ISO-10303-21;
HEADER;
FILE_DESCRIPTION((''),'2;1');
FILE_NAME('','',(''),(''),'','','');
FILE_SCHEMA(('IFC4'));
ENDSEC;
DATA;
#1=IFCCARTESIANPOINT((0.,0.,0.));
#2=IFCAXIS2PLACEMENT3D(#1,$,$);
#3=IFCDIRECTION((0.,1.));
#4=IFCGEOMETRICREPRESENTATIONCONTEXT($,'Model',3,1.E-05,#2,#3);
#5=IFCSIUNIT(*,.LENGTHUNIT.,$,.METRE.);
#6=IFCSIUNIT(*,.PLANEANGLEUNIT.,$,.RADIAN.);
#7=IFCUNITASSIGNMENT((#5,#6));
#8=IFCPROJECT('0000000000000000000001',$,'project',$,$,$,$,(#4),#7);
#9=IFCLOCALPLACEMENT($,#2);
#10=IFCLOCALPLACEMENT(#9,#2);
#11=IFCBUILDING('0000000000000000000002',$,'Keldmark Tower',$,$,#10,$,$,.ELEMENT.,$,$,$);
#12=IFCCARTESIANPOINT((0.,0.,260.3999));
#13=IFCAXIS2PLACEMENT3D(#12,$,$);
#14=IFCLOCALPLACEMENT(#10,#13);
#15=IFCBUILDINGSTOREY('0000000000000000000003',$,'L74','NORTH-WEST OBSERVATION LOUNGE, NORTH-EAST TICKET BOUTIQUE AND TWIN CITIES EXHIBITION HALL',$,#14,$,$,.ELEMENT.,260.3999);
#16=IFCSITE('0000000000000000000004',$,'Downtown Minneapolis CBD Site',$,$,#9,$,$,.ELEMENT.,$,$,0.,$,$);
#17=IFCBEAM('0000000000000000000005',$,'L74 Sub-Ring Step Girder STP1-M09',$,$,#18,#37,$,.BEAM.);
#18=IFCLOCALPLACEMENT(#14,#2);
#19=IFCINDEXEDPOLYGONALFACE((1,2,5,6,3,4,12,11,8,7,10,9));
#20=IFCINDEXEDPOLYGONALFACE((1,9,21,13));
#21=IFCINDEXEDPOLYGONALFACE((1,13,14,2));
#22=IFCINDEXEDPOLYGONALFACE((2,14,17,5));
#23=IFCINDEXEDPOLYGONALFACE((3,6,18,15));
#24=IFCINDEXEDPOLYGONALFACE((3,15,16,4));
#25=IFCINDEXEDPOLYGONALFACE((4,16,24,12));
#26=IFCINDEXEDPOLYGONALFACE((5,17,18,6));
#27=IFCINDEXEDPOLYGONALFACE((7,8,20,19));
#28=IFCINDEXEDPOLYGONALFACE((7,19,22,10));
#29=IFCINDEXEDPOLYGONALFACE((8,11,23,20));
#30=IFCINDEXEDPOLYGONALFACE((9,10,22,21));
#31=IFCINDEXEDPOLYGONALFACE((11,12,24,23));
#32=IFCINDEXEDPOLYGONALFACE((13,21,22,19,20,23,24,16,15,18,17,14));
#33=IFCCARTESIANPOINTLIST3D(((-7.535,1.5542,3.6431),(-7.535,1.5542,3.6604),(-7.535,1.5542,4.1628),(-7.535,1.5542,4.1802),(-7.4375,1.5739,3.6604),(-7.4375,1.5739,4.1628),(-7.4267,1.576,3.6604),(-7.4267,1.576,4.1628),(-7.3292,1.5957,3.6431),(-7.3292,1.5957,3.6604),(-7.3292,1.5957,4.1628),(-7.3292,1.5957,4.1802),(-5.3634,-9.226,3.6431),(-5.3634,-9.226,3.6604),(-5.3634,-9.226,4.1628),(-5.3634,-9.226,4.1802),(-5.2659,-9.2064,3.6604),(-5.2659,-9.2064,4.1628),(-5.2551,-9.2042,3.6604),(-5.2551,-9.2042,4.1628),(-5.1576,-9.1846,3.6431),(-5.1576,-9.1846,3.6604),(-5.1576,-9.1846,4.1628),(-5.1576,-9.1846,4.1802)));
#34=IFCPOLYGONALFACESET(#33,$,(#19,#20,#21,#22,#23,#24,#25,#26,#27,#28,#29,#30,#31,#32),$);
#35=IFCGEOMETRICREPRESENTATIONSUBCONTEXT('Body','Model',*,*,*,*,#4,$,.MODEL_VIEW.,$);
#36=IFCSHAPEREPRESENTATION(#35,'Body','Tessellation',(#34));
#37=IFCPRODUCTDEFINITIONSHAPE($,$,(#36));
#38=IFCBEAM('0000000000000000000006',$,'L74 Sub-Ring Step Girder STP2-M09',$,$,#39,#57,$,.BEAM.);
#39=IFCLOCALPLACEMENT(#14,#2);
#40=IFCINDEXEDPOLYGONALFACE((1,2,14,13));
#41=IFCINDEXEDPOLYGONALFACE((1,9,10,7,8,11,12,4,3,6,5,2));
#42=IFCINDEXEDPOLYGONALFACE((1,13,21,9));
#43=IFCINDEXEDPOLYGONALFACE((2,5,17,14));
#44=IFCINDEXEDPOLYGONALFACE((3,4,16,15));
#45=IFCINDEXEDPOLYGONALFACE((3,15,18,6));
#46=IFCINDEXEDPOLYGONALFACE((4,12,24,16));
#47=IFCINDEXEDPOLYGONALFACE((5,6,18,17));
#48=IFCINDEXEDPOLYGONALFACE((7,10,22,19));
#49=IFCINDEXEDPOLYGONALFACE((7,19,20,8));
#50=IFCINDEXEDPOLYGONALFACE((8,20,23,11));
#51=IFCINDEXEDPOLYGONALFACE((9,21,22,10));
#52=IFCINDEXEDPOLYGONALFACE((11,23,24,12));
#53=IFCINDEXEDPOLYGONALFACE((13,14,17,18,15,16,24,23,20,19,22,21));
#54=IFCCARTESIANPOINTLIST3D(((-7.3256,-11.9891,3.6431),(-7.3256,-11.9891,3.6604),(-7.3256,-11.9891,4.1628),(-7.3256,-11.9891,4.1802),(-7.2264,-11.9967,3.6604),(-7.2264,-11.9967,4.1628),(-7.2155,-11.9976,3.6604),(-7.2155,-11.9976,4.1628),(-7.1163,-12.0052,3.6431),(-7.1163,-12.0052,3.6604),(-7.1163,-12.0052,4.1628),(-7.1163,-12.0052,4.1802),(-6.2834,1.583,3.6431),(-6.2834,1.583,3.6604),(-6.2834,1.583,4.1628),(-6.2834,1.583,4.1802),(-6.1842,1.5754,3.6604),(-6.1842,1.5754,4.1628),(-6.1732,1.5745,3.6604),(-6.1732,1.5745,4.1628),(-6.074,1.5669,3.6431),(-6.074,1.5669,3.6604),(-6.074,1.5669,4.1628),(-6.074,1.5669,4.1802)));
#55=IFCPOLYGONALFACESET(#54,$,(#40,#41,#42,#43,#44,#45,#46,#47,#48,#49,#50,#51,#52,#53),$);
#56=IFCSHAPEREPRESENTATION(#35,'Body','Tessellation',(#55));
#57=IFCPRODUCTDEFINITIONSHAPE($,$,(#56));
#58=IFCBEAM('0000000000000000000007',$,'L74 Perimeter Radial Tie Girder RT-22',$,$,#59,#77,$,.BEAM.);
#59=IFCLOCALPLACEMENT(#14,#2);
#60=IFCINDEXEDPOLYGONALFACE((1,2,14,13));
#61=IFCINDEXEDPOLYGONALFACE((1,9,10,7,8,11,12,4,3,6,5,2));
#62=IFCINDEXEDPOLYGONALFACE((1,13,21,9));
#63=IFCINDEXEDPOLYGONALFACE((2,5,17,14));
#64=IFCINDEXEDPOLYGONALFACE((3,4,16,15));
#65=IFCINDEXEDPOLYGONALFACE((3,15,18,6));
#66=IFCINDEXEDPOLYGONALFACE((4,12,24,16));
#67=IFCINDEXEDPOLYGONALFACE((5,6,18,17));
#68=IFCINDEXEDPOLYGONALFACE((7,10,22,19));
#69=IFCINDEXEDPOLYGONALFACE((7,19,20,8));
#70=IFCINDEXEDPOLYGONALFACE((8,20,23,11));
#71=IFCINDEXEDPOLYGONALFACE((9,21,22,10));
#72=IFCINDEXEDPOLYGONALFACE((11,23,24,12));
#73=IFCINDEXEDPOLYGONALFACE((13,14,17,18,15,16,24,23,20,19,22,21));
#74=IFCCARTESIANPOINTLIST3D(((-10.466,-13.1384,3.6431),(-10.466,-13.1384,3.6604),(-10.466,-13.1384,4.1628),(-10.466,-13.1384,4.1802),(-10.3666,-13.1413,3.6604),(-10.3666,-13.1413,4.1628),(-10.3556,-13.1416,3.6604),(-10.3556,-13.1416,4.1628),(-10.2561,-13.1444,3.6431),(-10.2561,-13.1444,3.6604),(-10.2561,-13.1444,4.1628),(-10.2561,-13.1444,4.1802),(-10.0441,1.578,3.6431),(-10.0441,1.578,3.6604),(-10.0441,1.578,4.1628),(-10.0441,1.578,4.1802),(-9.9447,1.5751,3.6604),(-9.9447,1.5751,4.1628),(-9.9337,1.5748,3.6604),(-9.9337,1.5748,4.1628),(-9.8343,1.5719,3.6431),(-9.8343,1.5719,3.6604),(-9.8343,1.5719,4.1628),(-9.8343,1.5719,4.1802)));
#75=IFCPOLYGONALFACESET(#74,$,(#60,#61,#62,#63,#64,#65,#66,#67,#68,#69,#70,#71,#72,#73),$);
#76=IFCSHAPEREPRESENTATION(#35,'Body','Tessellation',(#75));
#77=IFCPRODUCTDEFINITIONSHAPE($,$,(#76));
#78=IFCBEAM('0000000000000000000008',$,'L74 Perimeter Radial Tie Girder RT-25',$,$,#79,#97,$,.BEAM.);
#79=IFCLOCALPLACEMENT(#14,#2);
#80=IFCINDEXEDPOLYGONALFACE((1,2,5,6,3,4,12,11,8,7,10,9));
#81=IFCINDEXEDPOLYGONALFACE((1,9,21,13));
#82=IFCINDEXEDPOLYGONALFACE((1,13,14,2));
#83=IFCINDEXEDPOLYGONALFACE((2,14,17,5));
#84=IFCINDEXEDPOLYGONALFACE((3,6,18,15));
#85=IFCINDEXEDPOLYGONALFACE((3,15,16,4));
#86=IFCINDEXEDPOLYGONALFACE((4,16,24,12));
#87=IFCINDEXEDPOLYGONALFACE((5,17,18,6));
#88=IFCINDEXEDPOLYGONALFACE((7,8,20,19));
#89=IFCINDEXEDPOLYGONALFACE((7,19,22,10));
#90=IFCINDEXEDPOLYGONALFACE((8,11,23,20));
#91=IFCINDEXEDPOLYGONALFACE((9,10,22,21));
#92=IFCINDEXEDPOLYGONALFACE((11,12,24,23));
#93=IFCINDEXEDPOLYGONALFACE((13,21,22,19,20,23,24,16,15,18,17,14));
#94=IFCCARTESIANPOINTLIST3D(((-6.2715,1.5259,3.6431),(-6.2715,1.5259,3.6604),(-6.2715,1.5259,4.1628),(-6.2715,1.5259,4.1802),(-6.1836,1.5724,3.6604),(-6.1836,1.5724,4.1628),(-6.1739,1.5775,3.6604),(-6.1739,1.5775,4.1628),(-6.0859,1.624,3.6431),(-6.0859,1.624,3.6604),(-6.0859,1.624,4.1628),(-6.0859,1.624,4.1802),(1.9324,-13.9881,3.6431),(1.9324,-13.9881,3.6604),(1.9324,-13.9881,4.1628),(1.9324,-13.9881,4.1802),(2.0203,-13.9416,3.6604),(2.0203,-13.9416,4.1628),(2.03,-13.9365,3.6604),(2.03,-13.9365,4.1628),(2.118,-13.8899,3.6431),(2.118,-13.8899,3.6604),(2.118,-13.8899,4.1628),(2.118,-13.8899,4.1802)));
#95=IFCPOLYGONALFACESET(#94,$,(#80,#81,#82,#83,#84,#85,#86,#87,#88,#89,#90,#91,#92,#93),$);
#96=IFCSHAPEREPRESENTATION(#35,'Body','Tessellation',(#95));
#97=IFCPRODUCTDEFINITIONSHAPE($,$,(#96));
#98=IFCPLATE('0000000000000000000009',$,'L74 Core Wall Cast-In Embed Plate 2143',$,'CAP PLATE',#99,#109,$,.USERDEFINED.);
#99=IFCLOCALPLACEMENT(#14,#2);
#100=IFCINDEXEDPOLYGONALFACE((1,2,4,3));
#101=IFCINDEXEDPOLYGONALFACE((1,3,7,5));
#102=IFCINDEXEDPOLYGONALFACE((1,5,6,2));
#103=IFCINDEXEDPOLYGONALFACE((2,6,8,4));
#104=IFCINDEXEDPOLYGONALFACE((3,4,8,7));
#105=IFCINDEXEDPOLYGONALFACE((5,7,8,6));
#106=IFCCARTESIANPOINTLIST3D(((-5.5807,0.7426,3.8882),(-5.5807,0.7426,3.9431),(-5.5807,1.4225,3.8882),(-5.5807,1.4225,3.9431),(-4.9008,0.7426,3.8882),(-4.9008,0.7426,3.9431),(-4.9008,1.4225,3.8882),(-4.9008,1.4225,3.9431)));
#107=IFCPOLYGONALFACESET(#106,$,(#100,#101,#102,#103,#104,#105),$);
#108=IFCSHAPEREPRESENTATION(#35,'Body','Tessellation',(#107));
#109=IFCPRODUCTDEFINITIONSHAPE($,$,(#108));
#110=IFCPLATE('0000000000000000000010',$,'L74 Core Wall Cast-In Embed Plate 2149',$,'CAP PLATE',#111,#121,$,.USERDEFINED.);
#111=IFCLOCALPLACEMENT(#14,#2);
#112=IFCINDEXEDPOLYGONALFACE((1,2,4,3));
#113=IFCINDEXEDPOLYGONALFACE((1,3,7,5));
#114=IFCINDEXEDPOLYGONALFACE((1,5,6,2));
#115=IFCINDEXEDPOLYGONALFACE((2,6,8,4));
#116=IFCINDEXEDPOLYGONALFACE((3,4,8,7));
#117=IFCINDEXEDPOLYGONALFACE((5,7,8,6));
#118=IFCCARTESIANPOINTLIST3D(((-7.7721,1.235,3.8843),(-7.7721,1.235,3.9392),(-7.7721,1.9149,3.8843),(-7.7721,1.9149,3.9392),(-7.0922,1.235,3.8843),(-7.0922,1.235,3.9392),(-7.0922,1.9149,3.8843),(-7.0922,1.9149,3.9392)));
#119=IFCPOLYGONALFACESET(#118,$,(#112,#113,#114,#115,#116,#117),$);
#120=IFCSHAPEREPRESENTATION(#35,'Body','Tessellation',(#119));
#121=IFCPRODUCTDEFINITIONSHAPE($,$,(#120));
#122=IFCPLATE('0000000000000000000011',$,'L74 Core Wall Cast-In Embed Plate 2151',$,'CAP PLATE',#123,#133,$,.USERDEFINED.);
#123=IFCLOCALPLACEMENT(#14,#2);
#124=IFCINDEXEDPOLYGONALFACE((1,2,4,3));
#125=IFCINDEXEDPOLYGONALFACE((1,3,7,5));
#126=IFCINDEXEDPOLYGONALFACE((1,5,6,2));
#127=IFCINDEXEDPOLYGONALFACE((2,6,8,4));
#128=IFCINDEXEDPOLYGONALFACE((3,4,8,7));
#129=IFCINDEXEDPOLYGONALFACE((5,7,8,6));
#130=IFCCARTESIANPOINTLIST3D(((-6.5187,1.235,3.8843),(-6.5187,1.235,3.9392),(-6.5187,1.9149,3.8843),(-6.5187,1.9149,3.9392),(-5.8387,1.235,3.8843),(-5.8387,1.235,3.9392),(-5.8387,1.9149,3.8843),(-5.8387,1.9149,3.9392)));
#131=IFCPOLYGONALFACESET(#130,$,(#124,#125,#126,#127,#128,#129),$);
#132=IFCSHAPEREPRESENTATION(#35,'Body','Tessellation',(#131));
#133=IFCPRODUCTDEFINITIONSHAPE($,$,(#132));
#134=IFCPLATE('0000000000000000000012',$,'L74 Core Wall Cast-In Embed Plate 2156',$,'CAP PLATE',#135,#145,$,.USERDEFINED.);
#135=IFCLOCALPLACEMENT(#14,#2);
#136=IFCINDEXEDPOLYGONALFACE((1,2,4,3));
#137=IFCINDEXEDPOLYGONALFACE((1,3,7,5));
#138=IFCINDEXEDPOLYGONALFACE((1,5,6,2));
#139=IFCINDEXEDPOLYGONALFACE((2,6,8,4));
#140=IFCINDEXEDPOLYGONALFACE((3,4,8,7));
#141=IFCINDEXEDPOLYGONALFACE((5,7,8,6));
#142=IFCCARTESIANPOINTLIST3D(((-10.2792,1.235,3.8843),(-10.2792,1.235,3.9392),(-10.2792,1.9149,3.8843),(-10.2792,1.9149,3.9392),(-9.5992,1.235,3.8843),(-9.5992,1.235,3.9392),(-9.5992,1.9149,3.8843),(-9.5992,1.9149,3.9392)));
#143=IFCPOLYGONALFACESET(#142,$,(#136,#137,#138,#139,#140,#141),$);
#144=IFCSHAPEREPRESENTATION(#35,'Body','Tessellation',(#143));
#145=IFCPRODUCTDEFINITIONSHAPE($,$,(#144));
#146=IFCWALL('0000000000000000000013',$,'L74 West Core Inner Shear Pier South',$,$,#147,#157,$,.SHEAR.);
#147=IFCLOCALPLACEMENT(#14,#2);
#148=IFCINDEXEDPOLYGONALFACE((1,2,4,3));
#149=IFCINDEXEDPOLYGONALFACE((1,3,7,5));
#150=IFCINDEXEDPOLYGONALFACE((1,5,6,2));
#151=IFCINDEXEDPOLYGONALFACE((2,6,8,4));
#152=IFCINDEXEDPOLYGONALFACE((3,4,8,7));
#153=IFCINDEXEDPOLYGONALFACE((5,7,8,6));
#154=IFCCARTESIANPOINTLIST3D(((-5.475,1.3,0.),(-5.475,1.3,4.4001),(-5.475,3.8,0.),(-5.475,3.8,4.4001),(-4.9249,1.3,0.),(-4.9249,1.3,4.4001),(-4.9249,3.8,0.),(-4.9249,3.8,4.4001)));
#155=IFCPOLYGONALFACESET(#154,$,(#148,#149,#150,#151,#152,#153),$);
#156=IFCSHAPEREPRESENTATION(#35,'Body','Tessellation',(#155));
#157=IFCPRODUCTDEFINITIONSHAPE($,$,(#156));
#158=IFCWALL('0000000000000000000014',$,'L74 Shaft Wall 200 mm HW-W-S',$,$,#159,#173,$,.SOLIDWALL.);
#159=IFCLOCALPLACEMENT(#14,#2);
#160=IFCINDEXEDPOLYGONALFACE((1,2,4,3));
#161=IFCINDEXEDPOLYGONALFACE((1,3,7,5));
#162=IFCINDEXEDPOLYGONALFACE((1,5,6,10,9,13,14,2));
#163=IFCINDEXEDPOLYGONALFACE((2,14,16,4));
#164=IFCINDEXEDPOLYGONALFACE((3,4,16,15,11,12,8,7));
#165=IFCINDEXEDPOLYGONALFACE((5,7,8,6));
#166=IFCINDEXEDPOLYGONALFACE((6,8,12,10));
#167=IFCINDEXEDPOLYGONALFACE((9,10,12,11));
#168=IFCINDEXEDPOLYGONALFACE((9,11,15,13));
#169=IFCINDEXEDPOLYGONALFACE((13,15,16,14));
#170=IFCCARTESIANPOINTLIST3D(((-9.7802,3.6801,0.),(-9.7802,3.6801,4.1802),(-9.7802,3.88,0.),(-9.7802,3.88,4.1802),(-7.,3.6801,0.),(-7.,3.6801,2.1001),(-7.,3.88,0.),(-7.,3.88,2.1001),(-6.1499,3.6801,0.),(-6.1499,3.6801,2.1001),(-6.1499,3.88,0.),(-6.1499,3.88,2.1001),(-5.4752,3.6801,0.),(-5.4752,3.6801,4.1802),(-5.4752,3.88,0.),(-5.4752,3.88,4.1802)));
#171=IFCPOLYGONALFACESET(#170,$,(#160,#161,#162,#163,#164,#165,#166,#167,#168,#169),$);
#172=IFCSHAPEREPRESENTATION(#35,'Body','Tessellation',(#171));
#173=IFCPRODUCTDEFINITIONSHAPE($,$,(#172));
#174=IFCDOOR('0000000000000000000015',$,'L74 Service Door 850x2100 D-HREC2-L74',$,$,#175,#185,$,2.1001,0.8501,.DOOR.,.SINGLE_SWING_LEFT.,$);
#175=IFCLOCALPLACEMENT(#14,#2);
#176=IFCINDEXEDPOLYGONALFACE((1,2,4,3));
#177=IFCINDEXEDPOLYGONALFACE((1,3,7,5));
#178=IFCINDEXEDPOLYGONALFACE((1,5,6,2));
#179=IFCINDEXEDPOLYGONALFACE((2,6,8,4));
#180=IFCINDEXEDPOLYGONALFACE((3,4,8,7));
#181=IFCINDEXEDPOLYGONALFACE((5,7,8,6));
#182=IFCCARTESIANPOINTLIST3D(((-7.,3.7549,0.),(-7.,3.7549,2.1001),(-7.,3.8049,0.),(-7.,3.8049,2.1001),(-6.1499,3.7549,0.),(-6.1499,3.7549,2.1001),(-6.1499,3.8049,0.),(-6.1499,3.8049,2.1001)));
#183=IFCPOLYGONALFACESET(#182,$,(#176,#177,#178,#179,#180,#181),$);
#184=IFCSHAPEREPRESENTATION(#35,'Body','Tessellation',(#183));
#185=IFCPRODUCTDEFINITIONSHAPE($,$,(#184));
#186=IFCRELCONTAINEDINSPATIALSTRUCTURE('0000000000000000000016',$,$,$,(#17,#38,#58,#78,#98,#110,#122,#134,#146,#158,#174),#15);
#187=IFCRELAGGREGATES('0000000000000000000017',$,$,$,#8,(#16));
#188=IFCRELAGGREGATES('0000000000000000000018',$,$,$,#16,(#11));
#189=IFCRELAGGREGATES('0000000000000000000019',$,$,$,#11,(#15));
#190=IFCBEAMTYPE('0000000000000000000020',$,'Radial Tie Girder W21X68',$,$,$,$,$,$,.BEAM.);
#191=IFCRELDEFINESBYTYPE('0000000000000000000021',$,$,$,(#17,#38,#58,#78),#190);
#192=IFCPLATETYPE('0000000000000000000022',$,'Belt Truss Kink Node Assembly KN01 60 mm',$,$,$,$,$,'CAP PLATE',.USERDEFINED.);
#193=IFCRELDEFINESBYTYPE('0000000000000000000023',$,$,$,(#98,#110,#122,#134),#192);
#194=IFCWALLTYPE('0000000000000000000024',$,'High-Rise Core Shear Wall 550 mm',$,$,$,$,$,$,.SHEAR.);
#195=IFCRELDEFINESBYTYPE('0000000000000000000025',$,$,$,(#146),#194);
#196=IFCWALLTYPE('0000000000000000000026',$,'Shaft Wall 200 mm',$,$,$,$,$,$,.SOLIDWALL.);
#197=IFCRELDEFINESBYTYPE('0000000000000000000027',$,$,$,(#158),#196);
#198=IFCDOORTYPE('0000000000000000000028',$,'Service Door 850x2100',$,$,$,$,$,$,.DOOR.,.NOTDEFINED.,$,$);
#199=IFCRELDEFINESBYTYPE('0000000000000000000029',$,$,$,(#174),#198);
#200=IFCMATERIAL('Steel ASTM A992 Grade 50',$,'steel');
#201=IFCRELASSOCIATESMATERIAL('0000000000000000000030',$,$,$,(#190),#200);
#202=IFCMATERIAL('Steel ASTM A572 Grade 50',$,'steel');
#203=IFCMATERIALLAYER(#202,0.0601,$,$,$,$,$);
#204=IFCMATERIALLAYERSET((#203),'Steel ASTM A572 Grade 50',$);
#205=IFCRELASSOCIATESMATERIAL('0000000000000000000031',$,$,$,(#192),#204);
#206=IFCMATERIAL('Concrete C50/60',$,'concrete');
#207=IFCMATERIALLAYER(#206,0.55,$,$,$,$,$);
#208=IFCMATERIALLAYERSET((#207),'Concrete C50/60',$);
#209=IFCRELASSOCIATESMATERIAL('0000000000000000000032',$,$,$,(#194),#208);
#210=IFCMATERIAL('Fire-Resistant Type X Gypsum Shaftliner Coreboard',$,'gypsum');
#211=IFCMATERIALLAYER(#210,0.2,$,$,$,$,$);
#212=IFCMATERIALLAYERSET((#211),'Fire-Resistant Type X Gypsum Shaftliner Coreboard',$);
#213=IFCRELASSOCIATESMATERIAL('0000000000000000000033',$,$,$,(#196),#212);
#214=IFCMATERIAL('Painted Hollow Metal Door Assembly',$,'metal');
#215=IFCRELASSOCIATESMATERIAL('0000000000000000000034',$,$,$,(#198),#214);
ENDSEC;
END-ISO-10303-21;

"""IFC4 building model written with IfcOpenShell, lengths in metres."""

from ifc_helpers import new_model, si_unit, direction, frame, frame_2d, origin, origin_2d, place, context, subcontext, project, spatial, rectangle, i_section, extrude, material, layer, layer_set, material_profile, profile_set, type_object, element, fill, save


model = new_model("IFC4")

# Units and contexts
model_context = context("Model", 3, precision=1e-05, world=origin(), true_north=direction((0.0, 1.0)))
body_context = subcontext(model_context, "Body", "Model", "MODEL_VIEW")
ifc_project = project(units=[si_unit("LENGTHUNIT", "METRE"), si_unit("PLANEANGLEUNIT", "RADIAN")], contexts=[model_context])

# Site, building, storey
site_placement = place(None, origin())
site = spatial("IfcSite", under=ifc_project, at=site_placement, Name="Downtown Minneapolis CBD Site", CompositionType="ELEMENT", RefElevation=0.0)
building_placement = place(site_placement, origin())
building = spatial("IfcBuilding", under=site, at=building_placement, Name="Keldmark Tower", CompositionType="ELEMENT")
storey_placement = place(building_placement, frame((0.0, 0.0, 260.3999)))
storey = spatial("IfcBuildingStorey", under=building, at=storey_placement, Name="L74", Description="NORTH-WEST OBSERVATION LOUNGE, NORTH-EAST TICKET BOUTIQUE AND TWIN CITIES EXHIBITION HALL", CompositionType="ELEMENT", Elevation=260.3999)

# Beams
ifc_material_1 = material(Name="Steel ASTM A992 Grade 50", Category="steel")
ifc_material_profile = material_profile(ifc_material_1, i_section(OverallWidth=0.21, OverallDepth=0.5371, WebThickness=0.011, FlangeThickness=0.0173, at=origin_2d()), Name="W21X68")
ifc_profile_set = profile_set([ifc_material_profile], Name="Steel ASTM A992 Grade 50")
beam_type = type_object("IfcBeamType", Name="Radial Tie Girder W21X68", PredefinedType="BEAM", material=ifc_profile_set)
beam_1_placement = place(storey_placement, frame((-7.4321, 1.575, 3.9116), z_axis=(0.197478, -0.980307, 0.0), x_axis=(0.980307, 0.197478, 0.0)))
element("IfcBeam", 1, at=beam_1_placement, inside=storey, type_object=beam_type, Name="L74 Sub-Ring Step Girder STP1-M09", PredefinedType="BEAM", context=body_context, shape_type="SweptSolid", body=[
    extrude(i_section(OverallWidth=0.21, OverallDepth=0.5371, WebThickness=0.011, FlangeThickness=0.0173, at=origin_2d()), origin(), (0.0, 0.0, 1.0), 10.9968),
])
beam_2_placement = place(storey_placement, frame((-6.1787, 1.575, 3.9116), z_axis=(-0.076568, -0.997064, 0.0), x_axis=(0.997064, -0.076568, 0.0)))
element("IfcBeam", 2, at=beam_2_placement, inside=storey, type_object=beam_type, Name="L74 Sub-Ring Step Girder STP2-M09", PredefinedType="BEAM", context=body_context, shape_type="SweptSolid", body=[
    extrude(i_section(OverallWidth=0.21, OverallDepth=0.5371, WebThickness=0.011, FlangeThickness=0.0173, at=origin_2d()), origin(), (0.0, 0.0, 1.0), 13.6121),
])
beam_3_placement = place(storey_placement, frame((-9.9392, 1.575, 3.9116), z_axis=(-0.028655, -0.999589, 0.0), x_axis=(0.999589, -0.028655, 0.0)))
element("IfcBeam", 3, at=beam_3_placement, inside=storey, type_object=beam_type, Name="L74 Perimeter Radial Tie Girder RT-22", PredefinedType="BEAM", context=body_context, shape_type="SweptSolid", body=[
    extrude(i_section(OverallWidth=0.21, OverallDepth=0.5371, WebThickness=0.011, FlangeThickness=0.0173, at=origin_2d()), origin(), (0.0, 0.0, 1.0), 14.7224),
])
beam_4_placement = place(storey_placement, frame((-6.1787, 1.575, 3.9116), z_axis=(0.46747, -0.884009, 0.0), x_axis=(0.884009, 0.46747, 0.0)))
element("IfcBeam", 4, at=beam_4_placement, inside=storey, type_object=beam_type, Name="L74 Perimeter Radial Tie Girder RT-25", PredefinedType="BEAM", context=body_context, shape_type="SweptSolid", body=[
    extrude(i_section(OverallWidth=0.21, OverallDepth=0.5371, WebThickness=0.011, FlangeThickness=0.0173, at=origin_2d()), origin(), (0.0, 0.0, 1.0), 17.5496),
])

# Plates
ifc_material_2 = material(Name="Steel ASTM A572 Grade 50", Category="steel")
ifc_layer_1 = layer(ifc_material_2, 0.0601)
ifc_layer_set_1 = layer_set([ifc_layer_1], Name="Steel ASTM A572 Grade 50")
plate_type = type_object("IfcPlateType", Name="Belt Truss Kink Node Assembly KN01 60 mm", ElementType="CAP PLATE", PredefinedType="USERDEFINED", material=ifc_layer_set_1)
for number, where, z_axis, x_axis, name in (
    (5, (-5.2407, 1.0825, 3.8882), (0.0, 0.0, 1.0), (1.0, 0.0, 0.0), "L74 Core Wall Cast-In Embed Plate 2143"),
    (6, (-7.4321, 1.575, 3.8843), (0.0, 0.0, 1.0), (1.0, 0.0, 0.0), "L74 Core Wall Cast-In Embed Plate 2149"),
    (7, (-6.1787, 1.575, 3.8843), (0.0, 0.0, 1.0), (1.0, 0.0, 0.0), "L74 Core Wall Cast-In Embed Plate 2151"),
    (8, (-9.9392, 1.575, 3.8843), (0.0, 0.0, 1.0), (1.0, 0.0, 0.0), "L74 Core Wall Cast-In Embed Plate 2156"),
):
    element("IfcPlate", number, at=place(storey_placement, frame(where, z_axis=z_axis, x_axis=x_axis)), inside=storey, type_object=plate_type, Name=name, ObjectType="CAP PLATE", PredefinedType="USERDEFINED", context=body_context, shape_type="SweptSolid", body=[
        extrude(rectangle(XDim=0.6799, YDim=0.6799, at=origin_2d()), origin(), (0.0, 0.0, 1.0), 0.0549),
    ])

# Wall
ifc_material_3 = material(Name="Concrete C50/60", Category="concrete")
ifc_layer_2 = layer(ifc_material_3, 0.55)
ifc_layer_set_2 = layer_set([ifc_layer_2], Name="Concrete C50/60")
wall_type_1 = type_object("IfcWallType", Name="High-Rise Core Shear Wall 550 mm", PredefinedType="SHEAR", material=ifc_layer_set_2)
wall_1_placement = place(storey_placement, frame((-5.2, 1.3, 0.0), z_axis=(0.0, 0.0, 1.0), x_axis=(0.0, 1.0, 0.0)))
element("IfcWall", 9, at=wall_1_placement, inside=storey, type_object=wall_type_1, Name="L74 West Core Inner Shear Pier South", PredefinedType="SHEAR", context=body_context, shape_type="SweptSolid", body=[
    extrude(rectangle(XDim=2.5, YDim=0.55, at=frame_2d((1.25, 0.0))), origin(), (0.0, 0.0, 1.0), 4.4001),
])

# Wall, opening, door
ifc_material_4 = material(Name="Fire-Resistant Type X Gypsum Shaftliner Coreboard", Category="gypsum")
ifc_layer_3 = layer(ifc_material_4, 0.2)
ifc_layer_set_3 = layer_set([ifc_layer_3], Name="Fire-Resistant Type X Gypsum Shaftliner Coreboard")
wall_type_2 = type_object("IfcWallType", Name="Shaft Wall 200 mm", PredefinedType="SOLIDWALL", material=ifc_layer_set_3)
wall_2_placement = place(storey_placement, frame((-9.78, 3.78, 0.0), z_axis=(0.0, 0.0, 1.0), x_axis=(1.0, 0.0, 0.0)))
wall_2 = element("IfcWall", 10, at=wall_2_placement, inside=storey, type_object=wall_type_2, Name="L74 Shaft Wall 200 mm HW-W-S", PredefinedType="SOLIDWALL", context=body_context, shape_type="SweptSolid", body=[
    extrude(rectangle(XDim=4.3049, YDim=0.2, at=frame_2d((2.1523, 0.0))), origin(), (0.0, 0.0, 1.0), 4.1802),
])
opening_1_placement = place(wall_2_placement, frame((2.78, 0.0, 0.0)))
opening_1 = element("IfcOpeningElement", 11, at=opening_1_placement, cuts=wall_2, PredefinedType="OPENING", context=body_context, shape_type="SweptSolid", body=[
    extrude(rectangle(XDim=0.8501, YDim=2.1001, at=frame_2d((0.425, 1.05))), frame((0.0, 0.1099, 0.0), z_axis=(0.0, -1.0, 0.0), x_axis=(1.0, 0.0, 0.0)), (0.0, 0.0, 1.0), 0.22),
])
ifc_material_5 = material(Name="Painted Hollow Metal Door Assembly", Category="metal")
door_type = type_object("IfcDoorType", Name="Service Door 850x2100", OperationType="NOTDEFINED", PredefinedType="DOOR", material=ifc_material_5)
door_1_placement = place(opening_1_placement, origin())
door_1 = element("IfcDoor", 12, at=door_1_placement, inside=storey, type_object=door_type, Name="L74 Service Door 850x2100 D-HREC2-L74", OperationType="SINGLE_SWING_LEFT", OverallHeight=2.1001, OverallWidth=0.8501, PredefinedType="DOOR", context=body_context, shape_type="SweptSolid", body=[
    extrude(rectangle(XDim=0.8501, YDim=2.1001, at=frame_2d((0.425, 1.05))), frame((0.0, 0.0249, 0.0), z_axis=(0.0, -1.0, 0.0), x_axis=(1.0, 0.0, 0.0)), (0.0, 0.0, 1.0), 0.05),
])
fill(opening_1, door_1)

save(model, "model.ifc")
